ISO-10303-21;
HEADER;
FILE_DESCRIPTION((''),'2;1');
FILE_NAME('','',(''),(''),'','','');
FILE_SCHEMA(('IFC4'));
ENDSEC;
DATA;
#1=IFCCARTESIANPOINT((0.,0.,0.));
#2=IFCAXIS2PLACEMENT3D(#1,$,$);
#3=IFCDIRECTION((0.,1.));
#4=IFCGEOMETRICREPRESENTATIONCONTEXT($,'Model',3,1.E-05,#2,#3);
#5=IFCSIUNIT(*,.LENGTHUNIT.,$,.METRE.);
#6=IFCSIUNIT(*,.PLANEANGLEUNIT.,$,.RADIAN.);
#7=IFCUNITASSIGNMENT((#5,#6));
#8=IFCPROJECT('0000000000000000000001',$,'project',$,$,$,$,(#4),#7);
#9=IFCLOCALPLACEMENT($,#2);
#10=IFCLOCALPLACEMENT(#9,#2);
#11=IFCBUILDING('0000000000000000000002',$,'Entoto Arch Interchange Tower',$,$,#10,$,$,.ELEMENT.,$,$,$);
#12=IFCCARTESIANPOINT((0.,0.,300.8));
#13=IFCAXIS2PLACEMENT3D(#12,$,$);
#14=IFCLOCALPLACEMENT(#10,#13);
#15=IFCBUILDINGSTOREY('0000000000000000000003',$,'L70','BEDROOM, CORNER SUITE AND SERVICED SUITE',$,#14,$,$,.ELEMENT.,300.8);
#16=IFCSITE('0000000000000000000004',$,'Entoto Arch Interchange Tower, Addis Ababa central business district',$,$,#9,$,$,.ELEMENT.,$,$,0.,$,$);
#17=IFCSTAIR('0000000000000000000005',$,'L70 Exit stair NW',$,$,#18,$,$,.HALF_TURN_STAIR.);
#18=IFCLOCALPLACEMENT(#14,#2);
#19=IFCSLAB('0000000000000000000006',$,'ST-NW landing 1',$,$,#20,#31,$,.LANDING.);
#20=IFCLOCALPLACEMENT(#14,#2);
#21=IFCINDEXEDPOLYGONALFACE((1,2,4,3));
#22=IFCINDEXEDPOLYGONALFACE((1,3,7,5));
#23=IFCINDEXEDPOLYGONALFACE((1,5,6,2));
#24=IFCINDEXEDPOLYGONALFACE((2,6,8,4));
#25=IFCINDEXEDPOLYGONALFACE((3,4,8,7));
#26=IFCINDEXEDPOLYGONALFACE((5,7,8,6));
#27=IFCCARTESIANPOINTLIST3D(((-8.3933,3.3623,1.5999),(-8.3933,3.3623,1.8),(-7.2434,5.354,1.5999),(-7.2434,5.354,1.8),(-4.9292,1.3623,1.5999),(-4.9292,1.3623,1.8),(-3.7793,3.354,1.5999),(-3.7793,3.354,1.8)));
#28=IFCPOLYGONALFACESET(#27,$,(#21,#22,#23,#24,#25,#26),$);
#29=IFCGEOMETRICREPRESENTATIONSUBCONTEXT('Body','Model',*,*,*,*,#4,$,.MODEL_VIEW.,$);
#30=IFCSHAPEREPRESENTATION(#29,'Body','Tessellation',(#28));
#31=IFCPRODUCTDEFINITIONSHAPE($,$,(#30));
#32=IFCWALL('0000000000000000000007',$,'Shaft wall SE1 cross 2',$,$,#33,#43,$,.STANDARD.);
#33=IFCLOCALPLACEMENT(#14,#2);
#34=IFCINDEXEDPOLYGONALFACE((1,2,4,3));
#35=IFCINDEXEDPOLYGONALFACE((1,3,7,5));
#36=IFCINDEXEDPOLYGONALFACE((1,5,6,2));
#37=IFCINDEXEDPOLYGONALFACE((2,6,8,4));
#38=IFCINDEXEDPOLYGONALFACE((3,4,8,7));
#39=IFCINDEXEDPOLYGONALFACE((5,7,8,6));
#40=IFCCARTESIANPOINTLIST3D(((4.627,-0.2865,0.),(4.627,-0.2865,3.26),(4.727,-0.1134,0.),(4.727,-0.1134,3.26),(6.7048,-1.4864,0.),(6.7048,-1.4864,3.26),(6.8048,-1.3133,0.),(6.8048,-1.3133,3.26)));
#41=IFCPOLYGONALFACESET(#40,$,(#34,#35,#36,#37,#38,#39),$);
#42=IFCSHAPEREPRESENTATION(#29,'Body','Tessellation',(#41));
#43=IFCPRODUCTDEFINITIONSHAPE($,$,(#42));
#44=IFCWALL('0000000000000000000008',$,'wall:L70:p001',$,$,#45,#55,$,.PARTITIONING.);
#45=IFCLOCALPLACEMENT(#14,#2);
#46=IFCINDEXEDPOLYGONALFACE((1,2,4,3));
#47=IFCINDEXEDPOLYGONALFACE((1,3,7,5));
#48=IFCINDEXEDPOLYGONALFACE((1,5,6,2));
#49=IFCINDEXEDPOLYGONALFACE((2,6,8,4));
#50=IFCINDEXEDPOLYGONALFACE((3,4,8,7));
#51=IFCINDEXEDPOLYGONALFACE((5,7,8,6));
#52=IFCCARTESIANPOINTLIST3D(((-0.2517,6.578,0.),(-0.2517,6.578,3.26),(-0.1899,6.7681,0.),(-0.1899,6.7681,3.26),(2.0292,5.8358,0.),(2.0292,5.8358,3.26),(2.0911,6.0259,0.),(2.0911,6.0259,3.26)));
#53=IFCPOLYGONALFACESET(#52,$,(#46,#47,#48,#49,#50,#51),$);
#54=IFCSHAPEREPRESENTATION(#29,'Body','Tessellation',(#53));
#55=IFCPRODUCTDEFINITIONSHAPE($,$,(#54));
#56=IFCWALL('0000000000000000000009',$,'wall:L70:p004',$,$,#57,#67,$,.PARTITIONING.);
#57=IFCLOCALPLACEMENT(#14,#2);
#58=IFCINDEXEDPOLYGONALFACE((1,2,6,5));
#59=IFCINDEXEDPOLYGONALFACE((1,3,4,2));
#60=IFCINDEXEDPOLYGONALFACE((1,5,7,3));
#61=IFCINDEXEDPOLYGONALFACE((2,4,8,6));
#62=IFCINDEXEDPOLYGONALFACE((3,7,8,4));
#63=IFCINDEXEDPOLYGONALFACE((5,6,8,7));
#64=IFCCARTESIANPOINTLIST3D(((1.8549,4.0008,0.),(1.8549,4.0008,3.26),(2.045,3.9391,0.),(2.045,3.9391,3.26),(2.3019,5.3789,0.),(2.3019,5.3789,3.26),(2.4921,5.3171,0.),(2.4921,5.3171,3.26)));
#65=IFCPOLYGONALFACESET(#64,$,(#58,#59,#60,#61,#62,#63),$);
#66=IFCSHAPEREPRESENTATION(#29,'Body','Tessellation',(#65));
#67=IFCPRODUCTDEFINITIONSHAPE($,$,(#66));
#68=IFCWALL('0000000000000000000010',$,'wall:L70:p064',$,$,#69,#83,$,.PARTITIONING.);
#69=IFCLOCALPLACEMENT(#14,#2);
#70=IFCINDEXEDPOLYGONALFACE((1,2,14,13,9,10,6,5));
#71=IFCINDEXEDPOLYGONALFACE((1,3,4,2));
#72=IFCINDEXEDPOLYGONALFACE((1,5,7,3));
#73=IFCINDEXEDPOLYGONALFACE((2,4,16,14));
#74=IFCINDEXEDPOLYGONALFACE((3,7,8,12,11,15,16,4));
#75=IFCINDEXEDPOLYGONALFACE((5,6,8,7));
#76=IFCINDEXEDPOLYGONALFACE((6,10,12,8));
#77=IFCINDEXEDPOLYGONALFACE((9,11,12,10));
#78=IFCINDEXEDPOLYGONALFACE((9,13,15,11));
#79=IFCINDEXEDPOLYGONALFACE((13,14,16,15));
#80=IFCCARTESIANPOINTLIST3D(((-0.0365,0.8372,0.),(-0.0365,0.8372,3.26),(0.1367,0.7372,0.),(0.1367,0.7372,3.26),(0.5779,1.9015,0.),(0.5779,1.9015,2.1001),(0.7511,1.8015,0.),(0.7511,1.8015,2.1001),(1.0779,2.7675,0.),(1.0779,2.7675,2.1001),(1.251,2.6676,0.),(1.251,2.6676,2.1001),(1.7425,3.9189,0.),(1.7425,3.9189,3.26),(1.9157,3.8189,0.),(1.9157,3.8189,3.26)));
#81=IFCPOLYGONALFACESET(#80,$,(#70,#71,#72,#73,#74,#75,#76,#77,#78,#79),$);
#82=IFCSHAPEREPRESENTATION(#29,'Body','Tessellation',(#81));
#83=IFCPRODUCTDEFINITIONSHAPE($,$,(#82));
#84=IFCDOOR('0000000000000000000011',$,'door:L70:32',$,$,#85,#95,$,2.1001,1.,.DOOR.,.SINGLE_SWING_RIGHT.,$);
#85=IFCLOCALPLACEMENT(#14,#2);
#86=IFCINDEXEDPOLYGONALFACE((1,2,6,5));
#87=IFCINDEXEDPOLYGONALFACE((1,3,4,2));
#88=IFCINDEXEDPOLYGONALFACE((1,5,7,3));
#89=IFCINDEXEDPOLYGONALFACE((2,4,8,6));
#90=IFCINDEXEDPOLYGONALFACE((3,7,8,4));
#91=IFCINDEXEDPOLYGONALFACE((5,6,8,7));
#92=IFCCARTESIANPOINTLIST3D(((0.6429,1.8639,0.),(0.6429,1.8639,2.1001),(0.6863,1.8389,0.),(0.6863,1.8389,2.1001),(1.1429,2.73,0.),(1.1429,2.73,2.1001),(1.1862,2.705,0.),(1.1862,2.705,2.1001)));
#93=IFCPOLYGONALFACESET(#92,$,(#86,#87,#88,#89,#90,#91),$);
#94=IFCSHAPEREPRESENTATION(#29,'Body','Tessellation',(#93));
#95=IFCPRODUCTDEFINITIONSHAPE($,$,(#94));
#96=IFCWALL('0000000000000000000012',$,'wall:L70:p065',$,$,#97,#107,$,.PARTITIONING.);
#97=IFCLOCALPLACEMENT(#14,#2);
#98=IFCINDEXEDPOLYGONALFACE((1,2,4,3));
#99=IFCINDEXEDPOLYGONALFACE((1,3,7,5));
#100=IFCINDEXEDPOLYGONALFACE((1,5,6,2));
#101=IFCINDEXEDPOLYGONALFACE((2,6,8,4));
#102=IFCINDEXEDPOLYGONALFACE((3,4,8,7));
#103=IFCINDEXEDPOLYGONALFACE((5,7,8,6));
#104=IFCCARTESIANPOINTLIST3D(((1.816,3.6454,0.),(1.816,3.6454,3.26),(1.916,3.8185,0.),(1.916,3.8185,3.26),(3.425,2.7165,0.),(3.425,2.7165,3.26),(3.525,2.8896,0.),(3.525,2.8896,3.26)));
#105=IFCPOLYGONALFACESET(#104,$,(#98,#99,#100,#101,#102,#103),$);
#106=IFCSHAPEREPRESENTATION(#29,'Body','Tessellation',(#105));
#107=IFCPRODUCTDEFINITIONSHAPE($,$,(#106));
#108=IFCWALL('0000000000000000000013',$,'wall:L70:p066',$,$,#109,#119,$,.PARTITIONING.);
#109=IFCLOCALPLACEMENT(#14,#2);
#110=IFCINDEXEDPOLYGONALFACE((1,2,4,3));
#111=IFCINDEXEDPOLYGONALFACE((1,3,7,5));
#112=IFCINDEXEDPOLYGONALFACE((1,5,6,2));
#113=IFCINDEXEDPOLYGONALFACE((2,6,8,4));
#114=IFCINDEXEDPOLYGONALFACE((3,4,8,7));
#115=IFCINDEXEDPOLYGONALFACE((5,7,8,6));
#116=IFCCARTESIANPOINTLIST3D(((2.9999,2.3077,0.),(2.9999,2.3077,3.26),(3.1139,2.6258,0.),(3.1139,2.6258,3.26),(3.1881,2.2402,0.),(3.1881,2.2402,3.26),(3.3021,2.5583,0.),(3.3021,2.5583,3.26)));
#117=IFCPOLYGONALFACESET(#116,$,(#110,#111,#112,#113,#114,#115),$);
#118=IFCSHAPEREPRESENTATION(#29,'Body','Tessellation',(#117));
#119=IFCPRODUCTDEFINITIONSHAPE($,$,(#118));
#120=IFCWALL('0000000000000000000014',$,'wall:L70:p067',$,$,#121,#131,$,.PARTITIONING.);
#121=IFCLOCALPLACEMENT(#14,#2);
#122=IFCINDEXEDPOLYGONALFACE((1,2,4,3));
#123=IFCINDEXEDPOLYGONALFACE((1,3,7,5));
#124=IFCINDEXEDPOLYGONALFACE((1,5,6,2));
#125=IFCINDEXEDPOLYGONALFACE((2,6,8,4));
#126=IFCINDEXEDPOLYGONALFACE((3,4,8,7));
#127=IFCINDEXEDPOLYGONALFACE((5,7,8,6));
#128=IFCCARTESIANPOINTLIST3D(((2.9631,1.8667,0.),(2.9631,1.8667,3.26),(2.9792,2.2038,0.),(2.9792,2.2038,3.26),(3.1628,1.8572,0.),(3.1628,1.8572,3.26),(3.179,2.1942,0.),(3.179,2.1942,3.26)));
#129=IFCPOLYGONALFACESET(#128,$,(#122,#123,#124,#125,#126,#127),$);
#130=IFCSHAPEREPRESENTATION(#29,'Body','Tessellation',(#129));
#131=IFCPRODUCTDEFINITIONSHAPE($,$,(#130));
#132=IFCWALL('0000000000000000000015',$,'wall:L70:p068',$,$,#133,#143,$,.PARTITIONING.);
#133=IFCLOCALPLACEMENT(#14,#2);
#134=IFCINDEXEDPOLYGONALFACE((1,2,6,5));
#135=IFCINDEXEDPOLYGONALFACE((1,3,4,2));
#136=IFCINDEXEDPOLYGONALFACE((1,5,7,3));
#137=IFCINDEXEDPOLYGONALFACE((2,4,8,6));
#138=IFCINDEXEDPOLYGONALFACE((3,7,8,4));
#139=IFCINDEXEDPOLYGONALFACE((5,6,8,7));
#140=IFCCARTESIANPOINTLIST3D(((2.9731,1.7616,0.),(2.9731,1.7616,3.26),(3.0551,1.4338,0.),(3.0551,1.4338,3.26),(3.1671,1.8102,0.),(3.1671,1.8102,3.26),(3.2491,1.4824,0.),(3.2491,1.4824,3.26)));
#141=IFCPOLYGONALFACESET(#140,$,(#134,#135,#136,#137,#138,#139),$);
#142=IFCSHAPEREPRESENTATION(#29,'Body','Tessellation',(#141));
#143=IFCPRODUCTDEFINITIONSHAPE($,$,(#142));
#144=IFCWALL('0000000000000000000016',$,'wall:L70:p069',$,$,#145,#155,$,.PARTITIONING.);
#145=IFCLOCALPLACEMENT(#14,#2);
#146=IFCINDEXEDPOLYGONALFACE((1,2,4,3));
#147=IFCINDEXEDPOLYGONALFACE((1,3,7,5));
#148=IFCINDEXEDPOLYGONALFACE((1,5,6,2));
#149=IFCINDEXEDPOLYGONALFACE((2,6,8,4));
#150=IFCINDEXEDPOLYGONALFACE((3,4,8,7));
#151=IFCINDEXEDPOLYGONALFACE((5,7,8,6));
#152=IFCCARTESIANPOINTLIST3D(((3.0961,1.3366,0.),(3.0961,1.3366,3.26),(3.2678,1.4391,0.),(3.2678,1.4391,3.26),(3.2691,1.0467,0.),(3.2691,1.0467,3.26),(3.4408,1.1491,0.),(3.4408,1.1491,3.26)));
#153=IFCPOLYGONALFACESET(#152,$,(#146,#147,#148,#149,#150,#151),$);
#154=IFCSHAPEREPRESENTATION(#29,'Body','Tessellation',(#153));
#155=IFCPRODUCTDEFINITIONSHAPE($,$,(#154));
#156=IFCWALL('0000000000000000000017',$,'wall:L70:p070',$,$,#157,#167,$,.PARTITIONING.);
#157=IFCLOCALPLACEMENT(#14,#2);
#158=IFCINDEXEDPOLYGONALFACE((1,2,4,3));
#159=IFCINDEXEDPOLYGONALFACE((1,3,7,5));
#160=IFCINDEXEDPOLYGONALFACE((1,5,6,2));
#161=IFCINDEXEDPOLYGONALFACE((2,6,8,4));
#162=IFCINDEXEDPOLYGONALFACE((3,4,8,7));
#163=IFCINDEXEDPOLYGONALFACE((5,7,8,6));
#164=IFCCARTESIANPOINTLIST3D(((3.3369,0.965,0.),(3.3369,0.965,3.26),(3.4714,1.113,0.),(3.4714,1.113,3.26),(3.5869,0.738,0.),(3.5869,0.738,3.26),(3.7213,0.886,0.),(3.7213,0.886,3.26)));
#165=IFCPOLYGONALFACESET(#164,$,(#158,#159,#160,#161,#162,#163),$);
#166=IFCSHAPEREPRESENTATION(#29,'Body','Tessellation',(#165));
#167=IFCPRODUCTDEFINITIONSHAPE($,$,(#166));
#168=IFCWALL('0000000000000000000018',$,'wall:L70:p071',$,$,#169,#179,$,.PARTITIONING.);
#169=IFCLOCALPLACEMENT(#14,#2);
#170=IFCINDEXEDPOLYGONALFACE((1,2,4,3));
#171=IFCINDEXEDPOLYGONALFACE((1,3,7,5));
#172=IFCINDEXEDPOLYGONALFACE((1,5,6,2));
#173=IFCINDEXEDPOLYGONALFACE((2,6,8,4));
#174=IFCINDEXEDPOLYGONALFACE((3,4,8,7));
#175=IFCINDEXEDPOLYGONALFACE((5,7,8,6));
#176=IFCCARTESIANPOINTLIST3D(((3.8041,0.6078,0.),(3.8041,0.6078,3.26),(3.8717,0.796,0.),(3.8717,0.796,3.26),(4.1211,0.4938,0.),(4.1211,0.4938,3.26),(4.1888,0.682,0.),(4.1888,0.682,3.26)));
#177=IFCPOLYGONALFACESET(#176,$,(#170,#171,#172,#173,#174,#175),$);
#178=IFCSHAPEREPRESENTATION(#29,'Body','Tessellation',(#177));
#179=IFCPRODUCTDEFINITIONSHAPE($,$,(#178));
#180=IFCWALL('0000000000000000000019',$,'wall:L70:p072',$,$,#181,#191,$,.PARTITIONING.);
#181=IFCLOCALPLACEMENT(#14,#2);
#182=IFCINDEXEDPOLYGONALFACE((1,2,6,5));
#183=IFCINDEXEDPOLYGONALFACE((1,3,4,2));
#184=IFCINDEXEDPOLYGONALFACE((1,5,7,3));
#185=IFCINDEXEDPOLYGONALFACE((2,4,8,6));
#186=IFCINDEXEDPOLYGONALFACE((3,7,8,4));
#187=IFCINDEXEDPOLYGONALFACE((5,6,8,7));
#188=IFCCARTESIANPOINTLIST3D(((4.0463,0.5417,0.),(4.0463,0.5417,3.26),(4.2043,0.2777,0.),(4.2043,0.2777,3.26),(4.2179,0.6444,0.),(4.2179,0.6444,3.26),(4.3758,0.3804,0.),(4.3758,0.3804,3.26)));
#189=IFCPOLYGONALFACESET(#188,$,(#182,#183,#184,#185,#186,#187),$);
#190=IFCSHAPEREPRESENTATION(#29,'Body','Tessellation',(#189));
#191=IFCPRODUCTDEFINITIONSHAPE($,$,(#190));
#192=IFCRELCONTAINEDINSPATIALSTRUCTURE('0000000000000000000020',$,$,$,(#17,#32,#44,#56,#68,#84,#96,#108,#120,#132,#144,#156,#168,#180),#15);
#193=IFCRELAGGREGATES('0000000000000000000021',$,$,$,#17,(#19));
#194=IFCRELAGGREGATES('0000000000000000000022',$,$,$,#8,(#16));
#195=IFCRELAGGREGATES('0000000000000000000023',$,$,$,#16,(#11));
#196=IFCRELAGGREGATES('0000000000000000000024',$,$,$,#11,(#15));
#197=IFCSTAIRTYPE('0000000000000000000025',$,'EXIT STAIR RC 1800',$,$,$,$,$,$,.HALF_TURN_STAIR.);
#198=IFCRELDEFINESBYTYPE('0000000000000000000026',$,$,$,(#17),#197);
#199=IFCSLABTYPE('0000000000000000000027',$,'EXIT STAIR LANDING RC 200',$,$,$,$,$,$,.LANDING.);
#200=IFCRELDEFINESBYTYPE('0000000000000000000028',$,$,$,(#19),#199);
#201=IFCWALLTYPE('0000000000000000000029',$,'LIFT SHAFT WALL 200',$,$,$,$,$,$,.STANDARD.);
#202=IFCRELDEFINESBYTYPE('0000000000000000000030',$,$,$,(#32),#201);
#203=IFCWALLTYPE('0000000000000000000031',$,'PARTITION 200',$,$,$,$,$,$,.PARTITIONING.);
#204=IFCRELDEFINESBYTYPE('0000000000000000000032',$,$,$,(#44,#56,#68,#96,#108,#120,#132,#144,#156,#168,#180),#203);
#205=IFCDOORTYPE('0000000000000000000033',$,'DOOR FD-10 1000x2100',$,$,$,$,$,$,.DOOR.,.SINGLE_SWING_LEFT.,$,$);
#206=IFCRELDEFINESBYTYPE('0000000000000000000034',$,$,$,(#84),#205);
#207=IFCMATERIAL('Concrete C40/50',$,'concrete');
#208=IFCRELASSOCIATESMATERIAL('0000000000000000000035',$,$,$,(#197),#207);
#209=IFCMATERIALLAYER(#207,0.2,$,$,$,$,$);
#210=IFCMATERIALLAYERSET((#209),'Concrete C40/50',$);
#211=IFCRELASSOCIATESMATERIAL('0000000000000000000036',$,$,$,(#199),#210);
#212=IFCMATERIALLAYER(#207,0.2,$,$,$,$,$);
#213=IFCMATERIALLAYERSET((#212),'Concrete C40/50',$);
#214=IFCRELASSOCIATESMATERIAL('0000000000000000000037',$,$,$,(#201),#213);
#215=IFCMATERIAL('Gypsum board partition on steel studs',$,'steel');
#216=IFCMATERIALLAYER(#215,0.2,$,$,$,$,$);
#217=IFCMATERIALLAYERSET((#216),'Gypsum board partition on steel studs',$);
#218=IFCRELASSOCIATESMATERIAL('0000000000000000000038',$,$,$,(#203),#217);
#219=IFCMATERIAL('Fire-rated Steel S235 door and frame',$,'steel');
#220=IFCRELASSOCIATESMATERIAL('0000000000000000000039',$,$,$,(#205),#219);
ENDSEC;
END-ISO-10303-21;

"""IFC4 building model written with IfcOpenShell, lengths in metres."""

from ifc_helpers import new_model, si_unit, direction, frame, frame_2d, origin, place, context, subcontext, project, spatial, polyline, rectangle, outline, extrude, material, layer, layer_set, type_object, element, fill, aggregate, save


model = new_model("IFC4")

# Units and contexts
model_context = context("Model", 3, precision=1e-05, world=origin(), true_north=direction((0.0, 1.0)))
body_context = subcontext(model_context, "Body", "Model", "MODEL_VIEW")
ifc_project = project(units=[si_unit("LENGTHUNIT", "METRE"), si_unit("PLANEANGLEUNIT", "RADIAN")], contexts=[model_context])

# Site, building, storey
site_placement = place(None, origin())
site = spatial("IfcSite", under=ifc_project, at=site_placement, Name="Entoto Arch Interchange Tower, Addis Ababa central business district", CompositionType="ELEMENT", RefElevation=0.0)
building_placement = place(site_placement, origin())
building = spatial("IfcBuilding", under=site, at=building_placement, Name="Entoto Arch Interchange Tower", CompositionType="ELEMENT")
storey_placement = place(building_placement, frame((0.0, 0.0, 300.8)))
storey = spatial("IfcBuildingStorey", under=building, at=storey_placement, Name="L70", Description="BEDROOM, CORNER SUITE AND SERVICED SUITE", CompositionType="ELEMENT", Elevation=300.8)

# Stair, slab
ifc_material_1 = material(Name="Concrete C40/50", Category="concrete")
stair_type = type_object("IfcStairType", Name="EXIT STAIR RC 1800", PredefinedType="HALF_TURN_STAIR", material=ifc_material_1)
stair_1_placement = place(storey_placement, origin())
stair_1 = element("IfcStair", 1, at=stair_1_placement, inside=storey, type_object=stair_type, Name="L70 Exit stair NW", PredefinedType="HALF_TURN_STAIR")
ifc_layer_1 = layer(ifc_material_1, 0.2)
ifc_layer_set_1 = layer_set([ifc_layer_1], Name="Concrete C40/50")
slab_type = type_object("IfcSlabType", Name="EXIT STAIR LANDING RC 200", PredefinedType="LANDING", material=ifc_layer_set_1)
slab_placement = place(storey_placement, frame((0.0, 0.0, 1.5999)))
slab = element("IfcSlab", 2, at=slab_placement, type_object=slab_type, Name="ST-NW landing 1", PredefinedType="LANDING", context=body_context, shape_type="SweptSolid", body=[
    extrude(outline(polyline([(-7.2434, 5.354), (-8.3933, 3.3623), (-4.9292, 1.3623), (-3.7793, 3.354), (-7.2434, 5.354)])), origin(), (0.0, 0.0, 1.0), 0.2002),
])
aggregate(stair_1, [slab])

# Walls
ifc_layer_2 = layer(ifc_material_1, 0.2)
ifc_layer_set_2 = layer_set([ifc_layer_2], Name="Concrete C40/50")
wall_type_1 = type_object("IfcWallType", Name="LIFT SHAFT WALL 200", PredefinedType="STANDARD", material=ifc_layer_set_2)
wall_1_placement = place(storey_placement, frame((4.677, -0.2, 0.0), z_axis=(0.0, 0.0, 1.0), x_axis=(0.865974, -0.500089, 0.0)))
element("IfcWall", 3, at=wall_1_placement, inside=storey, type_object=wall_type_1, Name="Shaft wall SE1 cross 2", PredefinedType="STANDARD", context=body_context, shape_type="SweptSolid", body=[
    extrude(rectangle(XDim=2.3994, YDim=0.2, at=frame_2d((1.1997, 0.0))), origin(), (0.0, 0.0, 1.0), 3.26),
])
ifc_material_2 = material(Name="Gypsum board partition on steel studs", Category="steel")
ifc_layer_3 = layer(ifc_material_2, 0.2)
ifc_layer_set_3 = layer_set([ifc_layer_3], Name="Gypsum board partition on steel studs")
wall_type_2 = type_object("IfcWallType", Name="PARTITION 200", PredefinedType="PARTITIONING", material=ifc_layer_set_3)
wall_2_placement = place(storey_placement, frame((2.0601, 5.9309, 0.0), z_axis=(0.0, 0.0, 1.0), x_axis=(-0.950929, 0.309411, 0.0)))
element("IfcWall", 4, at=wall_2_placement, inside=storey, type_object=wall_type_2, Name="wall:L70:p001", PredefinedType="PARTITIONING", context=body_context, shape_type="SweptSolid", body=[
    extrude(rectangle(XDim=2.3987, YDim=0.2, at=frame_2d((1.1992, 0.0))), origin(), (0.0, 0.0, 1.0), 3.26),
])
wall_3_placement = place(storey_placement, frame((1.95, 3.97, 0.0), z_axis=(0.0, 0.0, 1.0), x_axis=(0.308583, 0.951197, 0.0)))
element("IfcWall", 5, at=wall_3_placement, inside=storey, type_object=wall_type_2, Name="wall:L70:p004", PredefinedType="PARTITIONING", context=body_context, shape_type="SweptSolid", body=[
    extrude(rectangle(XDim=1.4487, YDim=0.2, at=frame_2d((0.7244, 0.0))), origin(), (0.0, 0.0, 1.0), 3.26),
])

# Wall, opening, door
wall_4_placement = place(storey_placement, frame((0.05, 0.7871, 0.0), z_axis=(0.0, 0.0, 1.0), x_axis=(0.499954, 0.866052, 0.0)))
wall_4 = element("IfcWall", 6, at=wall_4_placement, inside=storey, type_object=wall_type_2, Name="wall:L70:p064", PredefinedType="PARTITIONING", context=body_context, shape_type="SweptSolid", body=[
    extrude(rectangle(XDim=3.5583, YDim=0.2, at=frame_2d((1.7793, 0.0))), origin(), (0.0, 0.0, 1.0), 3.26),
])
opening_1_placement = place(wall_4_placement, frame((1.229, 0.0, 0.0)))
opening_1 = element("IfcOpeningElement", 7, at=opening_1_placement, cuts=wall_4, PredefinedType="OPENING", context=body_context, shape_type="SweptSolid", body=[
    extrude(rectangle(XDim=1.0, YDim=2.1001, at=frame_2d((0.5, 1.05))), frame((0.0, 0.1099, 0.0), z_axis=(0.0, -1.0, 0.0), x_axis=(1.0, 0.0, 0.0)), (0.0, 0.0, 1.0), 0.22),
])
ifc_material_3 = material(Name="Fire-rated Steel S235 door and frame", Category="steel")
door_type_1 = type_object("IfcDoorType", Name="DOOR FD-10 1000x2100", OperationType="SINGLE_SWING_LEFT", PredefinedType="DOOR", material=ifc_material_3)
door_1_placement = place(opening_1_placement, origin())
door_1 = element("IfcDoor", 8, at=door_1_placement, inside=storey, type_object=door_type_1, Name="door:L70:32", OperationType="SINGLE_SWING_RIGHT", OverallHeight=2.1001, OverallWidth=1.0, PredefinedType="DOOR", context=body_context, shape_type="SweptSolid", body=[
    extrude(rectangle(XDim=1.0, YDim=2.1001, at=frame_2d((0.5, 1.05))), frame((0.0, 0.0249, 0.0), z_axis=(0.0, -1.0, 0.0), x_axis=(1.0, 0.0, 0.0)), (0.0, 0.0, 1.0), 0.05),
])
fill(opening_1, door_1)

# Walls
wall_5_placement = place(storey_placement, frame((1.866, 3.7319, 0.0), z_axis=(0.0, 0.0, 1.0), x_axis=(0.866043, -0.499969, 0.0)))
element("IfcWall", 9, at=wall_5_placement, inside=storey, type_object=wall_type_2, Name="wall:L70:p065", PredefinedType="PARTITIONING", context=body_context, shape_type="SweptSolid", body=[
    extrude(rectangle(XDim=1.8579, YDim=0.2, at=frame_2d((0.929, 0.0))), origin(), (0.0, 0.0, 1.0), 3.26),
])
wall_6_placement = place(storey_placement, frame((3.208, 2.592, 0.0), z_axis=(0.0, 0.0, 1.0), x_axis=(-0.337389, -0.941365, 0.0)))
element("IfcWall", 10, at=wall_6_placement, inside=storey, type_object=wall_type_2, Name="wall:L70:p066", PredefinedType="PARTITIONING", context=body_context, shape_type="SweptSolid", body=[
    extrude(rectangle(XDim=0.3379, YDim=0.2, at=frame_2d((0.1689, 0.0))), origin(), (0.0, 0.0, 1.0), 3.26),
])
wall_7_placement = place(storey_placement, frame((3.0791, 2.199, 0.0), z_axis=(0.0, 0.0, 1.0), x_axis=(-0.047771, -0.998858, 0.0)))
element("IfcWall", 11, at=wall_7_placement, inside=storey, type_object=wall_type_2, Name="wall:L70:p067", PredefinedType="PARTITIONING", context=body_context, shape_type="SweptSolid", body=[
    extrude(rectangle(XDim=0.3374, YDim=0.2, at=frame_2d((0.1687, 0.0))), origin(), (0.0, 0.0, 1.0), 3.26),
])
wall_8_placement = place(storey_placement, frame((3.0701, 1.7859, 0.0), z_axis=(0.0, 0.0, 1.0), x_axis=(0.242706, -0.9701, 0.0)))
element("IfcWall", 12, at=wall_8_placement, inside=storey, type_object=wall_type_2, Name="wall:L70:p068", PredefinedType="PARTITIONING", context=body_context, shape_type="SweptSolid", body=[
    extrude(rectangle(XDim=0.3379, YDim=0.2, at=frame_2d((0.1689, 0.0))), origin(), (0.0, 0.0, 1.0), 3.26),
])
for number, where, z_axis, x_axis, name in (
    (13, (3.1819, 1.3879, 0.0), (0.0, 0.0, 1.0), (0.512475, -0.858702, 0.0), "wall:L70:p069"),
    (14, (3.4041, 1.0391, 0.0), (0.0, 0.0, 1.0), (0.740267, -0.672313, 0.0), "wall:L70:p070"),
):
    element("IfcWall", number, at=place(storey_placement, frame(where, z_axis=z_axis, x_axis=x_axis)), inside=storey, type_object=wall_type_2, Name=name, PredefinedType="PARTITIONING", context=body_context, shape_type="SweptSolid", body=[
        extrude(rectangle(XDim=0.3376, YDim=0.2, at=frame_2d((0.1689, 0.0))), origin(), (0.0, 0.0, 1.0), 3.26),
    ])
wall_9_placement = place(storey_placement, frame((3.8379, 0.7019, 0.0), z_axis=(0.0, 0.0, 1.0), x_axis=(0.941035, -0.338309, 0.0)))
element("IfcWall", 15, at=wall_9_placement, inside=storey, type_object=wall_type_2, Name="wall:L70:p071", PredefinedType="PARTITIONING", context=body_context, shape_type="SweptSolid", body=[
    extrude(rectangle(XDim=0.3369, YDim=0.2, at=frame_2d((0.1685, 0.0))), origin(), (0.0, 0.0, 1.0), 3.26),
])
wall_10_placement = place(storey_placement, frame((4.1321, 0.593, 0.0), z_axis=(0.0, 0.0, 1.0), x_axis=(0.513562, -0.858053, 0.0)))
element("IfcWall", 16, at=wall_10_placement, inside=storey, type_object=wall_type_2, Name="wall:L70:p072", PredefinedType="PARTITIONING", context=body_context, shape_type="SweptSolid", body=[
    extrude(rectangle(XDim=0.3076, YDim=0.2, at=frame_2d((0.1538, 0.0))), origin(), (0.0, 0.0, 1.0), 3.26),
])

save(model, "model.ifc")
